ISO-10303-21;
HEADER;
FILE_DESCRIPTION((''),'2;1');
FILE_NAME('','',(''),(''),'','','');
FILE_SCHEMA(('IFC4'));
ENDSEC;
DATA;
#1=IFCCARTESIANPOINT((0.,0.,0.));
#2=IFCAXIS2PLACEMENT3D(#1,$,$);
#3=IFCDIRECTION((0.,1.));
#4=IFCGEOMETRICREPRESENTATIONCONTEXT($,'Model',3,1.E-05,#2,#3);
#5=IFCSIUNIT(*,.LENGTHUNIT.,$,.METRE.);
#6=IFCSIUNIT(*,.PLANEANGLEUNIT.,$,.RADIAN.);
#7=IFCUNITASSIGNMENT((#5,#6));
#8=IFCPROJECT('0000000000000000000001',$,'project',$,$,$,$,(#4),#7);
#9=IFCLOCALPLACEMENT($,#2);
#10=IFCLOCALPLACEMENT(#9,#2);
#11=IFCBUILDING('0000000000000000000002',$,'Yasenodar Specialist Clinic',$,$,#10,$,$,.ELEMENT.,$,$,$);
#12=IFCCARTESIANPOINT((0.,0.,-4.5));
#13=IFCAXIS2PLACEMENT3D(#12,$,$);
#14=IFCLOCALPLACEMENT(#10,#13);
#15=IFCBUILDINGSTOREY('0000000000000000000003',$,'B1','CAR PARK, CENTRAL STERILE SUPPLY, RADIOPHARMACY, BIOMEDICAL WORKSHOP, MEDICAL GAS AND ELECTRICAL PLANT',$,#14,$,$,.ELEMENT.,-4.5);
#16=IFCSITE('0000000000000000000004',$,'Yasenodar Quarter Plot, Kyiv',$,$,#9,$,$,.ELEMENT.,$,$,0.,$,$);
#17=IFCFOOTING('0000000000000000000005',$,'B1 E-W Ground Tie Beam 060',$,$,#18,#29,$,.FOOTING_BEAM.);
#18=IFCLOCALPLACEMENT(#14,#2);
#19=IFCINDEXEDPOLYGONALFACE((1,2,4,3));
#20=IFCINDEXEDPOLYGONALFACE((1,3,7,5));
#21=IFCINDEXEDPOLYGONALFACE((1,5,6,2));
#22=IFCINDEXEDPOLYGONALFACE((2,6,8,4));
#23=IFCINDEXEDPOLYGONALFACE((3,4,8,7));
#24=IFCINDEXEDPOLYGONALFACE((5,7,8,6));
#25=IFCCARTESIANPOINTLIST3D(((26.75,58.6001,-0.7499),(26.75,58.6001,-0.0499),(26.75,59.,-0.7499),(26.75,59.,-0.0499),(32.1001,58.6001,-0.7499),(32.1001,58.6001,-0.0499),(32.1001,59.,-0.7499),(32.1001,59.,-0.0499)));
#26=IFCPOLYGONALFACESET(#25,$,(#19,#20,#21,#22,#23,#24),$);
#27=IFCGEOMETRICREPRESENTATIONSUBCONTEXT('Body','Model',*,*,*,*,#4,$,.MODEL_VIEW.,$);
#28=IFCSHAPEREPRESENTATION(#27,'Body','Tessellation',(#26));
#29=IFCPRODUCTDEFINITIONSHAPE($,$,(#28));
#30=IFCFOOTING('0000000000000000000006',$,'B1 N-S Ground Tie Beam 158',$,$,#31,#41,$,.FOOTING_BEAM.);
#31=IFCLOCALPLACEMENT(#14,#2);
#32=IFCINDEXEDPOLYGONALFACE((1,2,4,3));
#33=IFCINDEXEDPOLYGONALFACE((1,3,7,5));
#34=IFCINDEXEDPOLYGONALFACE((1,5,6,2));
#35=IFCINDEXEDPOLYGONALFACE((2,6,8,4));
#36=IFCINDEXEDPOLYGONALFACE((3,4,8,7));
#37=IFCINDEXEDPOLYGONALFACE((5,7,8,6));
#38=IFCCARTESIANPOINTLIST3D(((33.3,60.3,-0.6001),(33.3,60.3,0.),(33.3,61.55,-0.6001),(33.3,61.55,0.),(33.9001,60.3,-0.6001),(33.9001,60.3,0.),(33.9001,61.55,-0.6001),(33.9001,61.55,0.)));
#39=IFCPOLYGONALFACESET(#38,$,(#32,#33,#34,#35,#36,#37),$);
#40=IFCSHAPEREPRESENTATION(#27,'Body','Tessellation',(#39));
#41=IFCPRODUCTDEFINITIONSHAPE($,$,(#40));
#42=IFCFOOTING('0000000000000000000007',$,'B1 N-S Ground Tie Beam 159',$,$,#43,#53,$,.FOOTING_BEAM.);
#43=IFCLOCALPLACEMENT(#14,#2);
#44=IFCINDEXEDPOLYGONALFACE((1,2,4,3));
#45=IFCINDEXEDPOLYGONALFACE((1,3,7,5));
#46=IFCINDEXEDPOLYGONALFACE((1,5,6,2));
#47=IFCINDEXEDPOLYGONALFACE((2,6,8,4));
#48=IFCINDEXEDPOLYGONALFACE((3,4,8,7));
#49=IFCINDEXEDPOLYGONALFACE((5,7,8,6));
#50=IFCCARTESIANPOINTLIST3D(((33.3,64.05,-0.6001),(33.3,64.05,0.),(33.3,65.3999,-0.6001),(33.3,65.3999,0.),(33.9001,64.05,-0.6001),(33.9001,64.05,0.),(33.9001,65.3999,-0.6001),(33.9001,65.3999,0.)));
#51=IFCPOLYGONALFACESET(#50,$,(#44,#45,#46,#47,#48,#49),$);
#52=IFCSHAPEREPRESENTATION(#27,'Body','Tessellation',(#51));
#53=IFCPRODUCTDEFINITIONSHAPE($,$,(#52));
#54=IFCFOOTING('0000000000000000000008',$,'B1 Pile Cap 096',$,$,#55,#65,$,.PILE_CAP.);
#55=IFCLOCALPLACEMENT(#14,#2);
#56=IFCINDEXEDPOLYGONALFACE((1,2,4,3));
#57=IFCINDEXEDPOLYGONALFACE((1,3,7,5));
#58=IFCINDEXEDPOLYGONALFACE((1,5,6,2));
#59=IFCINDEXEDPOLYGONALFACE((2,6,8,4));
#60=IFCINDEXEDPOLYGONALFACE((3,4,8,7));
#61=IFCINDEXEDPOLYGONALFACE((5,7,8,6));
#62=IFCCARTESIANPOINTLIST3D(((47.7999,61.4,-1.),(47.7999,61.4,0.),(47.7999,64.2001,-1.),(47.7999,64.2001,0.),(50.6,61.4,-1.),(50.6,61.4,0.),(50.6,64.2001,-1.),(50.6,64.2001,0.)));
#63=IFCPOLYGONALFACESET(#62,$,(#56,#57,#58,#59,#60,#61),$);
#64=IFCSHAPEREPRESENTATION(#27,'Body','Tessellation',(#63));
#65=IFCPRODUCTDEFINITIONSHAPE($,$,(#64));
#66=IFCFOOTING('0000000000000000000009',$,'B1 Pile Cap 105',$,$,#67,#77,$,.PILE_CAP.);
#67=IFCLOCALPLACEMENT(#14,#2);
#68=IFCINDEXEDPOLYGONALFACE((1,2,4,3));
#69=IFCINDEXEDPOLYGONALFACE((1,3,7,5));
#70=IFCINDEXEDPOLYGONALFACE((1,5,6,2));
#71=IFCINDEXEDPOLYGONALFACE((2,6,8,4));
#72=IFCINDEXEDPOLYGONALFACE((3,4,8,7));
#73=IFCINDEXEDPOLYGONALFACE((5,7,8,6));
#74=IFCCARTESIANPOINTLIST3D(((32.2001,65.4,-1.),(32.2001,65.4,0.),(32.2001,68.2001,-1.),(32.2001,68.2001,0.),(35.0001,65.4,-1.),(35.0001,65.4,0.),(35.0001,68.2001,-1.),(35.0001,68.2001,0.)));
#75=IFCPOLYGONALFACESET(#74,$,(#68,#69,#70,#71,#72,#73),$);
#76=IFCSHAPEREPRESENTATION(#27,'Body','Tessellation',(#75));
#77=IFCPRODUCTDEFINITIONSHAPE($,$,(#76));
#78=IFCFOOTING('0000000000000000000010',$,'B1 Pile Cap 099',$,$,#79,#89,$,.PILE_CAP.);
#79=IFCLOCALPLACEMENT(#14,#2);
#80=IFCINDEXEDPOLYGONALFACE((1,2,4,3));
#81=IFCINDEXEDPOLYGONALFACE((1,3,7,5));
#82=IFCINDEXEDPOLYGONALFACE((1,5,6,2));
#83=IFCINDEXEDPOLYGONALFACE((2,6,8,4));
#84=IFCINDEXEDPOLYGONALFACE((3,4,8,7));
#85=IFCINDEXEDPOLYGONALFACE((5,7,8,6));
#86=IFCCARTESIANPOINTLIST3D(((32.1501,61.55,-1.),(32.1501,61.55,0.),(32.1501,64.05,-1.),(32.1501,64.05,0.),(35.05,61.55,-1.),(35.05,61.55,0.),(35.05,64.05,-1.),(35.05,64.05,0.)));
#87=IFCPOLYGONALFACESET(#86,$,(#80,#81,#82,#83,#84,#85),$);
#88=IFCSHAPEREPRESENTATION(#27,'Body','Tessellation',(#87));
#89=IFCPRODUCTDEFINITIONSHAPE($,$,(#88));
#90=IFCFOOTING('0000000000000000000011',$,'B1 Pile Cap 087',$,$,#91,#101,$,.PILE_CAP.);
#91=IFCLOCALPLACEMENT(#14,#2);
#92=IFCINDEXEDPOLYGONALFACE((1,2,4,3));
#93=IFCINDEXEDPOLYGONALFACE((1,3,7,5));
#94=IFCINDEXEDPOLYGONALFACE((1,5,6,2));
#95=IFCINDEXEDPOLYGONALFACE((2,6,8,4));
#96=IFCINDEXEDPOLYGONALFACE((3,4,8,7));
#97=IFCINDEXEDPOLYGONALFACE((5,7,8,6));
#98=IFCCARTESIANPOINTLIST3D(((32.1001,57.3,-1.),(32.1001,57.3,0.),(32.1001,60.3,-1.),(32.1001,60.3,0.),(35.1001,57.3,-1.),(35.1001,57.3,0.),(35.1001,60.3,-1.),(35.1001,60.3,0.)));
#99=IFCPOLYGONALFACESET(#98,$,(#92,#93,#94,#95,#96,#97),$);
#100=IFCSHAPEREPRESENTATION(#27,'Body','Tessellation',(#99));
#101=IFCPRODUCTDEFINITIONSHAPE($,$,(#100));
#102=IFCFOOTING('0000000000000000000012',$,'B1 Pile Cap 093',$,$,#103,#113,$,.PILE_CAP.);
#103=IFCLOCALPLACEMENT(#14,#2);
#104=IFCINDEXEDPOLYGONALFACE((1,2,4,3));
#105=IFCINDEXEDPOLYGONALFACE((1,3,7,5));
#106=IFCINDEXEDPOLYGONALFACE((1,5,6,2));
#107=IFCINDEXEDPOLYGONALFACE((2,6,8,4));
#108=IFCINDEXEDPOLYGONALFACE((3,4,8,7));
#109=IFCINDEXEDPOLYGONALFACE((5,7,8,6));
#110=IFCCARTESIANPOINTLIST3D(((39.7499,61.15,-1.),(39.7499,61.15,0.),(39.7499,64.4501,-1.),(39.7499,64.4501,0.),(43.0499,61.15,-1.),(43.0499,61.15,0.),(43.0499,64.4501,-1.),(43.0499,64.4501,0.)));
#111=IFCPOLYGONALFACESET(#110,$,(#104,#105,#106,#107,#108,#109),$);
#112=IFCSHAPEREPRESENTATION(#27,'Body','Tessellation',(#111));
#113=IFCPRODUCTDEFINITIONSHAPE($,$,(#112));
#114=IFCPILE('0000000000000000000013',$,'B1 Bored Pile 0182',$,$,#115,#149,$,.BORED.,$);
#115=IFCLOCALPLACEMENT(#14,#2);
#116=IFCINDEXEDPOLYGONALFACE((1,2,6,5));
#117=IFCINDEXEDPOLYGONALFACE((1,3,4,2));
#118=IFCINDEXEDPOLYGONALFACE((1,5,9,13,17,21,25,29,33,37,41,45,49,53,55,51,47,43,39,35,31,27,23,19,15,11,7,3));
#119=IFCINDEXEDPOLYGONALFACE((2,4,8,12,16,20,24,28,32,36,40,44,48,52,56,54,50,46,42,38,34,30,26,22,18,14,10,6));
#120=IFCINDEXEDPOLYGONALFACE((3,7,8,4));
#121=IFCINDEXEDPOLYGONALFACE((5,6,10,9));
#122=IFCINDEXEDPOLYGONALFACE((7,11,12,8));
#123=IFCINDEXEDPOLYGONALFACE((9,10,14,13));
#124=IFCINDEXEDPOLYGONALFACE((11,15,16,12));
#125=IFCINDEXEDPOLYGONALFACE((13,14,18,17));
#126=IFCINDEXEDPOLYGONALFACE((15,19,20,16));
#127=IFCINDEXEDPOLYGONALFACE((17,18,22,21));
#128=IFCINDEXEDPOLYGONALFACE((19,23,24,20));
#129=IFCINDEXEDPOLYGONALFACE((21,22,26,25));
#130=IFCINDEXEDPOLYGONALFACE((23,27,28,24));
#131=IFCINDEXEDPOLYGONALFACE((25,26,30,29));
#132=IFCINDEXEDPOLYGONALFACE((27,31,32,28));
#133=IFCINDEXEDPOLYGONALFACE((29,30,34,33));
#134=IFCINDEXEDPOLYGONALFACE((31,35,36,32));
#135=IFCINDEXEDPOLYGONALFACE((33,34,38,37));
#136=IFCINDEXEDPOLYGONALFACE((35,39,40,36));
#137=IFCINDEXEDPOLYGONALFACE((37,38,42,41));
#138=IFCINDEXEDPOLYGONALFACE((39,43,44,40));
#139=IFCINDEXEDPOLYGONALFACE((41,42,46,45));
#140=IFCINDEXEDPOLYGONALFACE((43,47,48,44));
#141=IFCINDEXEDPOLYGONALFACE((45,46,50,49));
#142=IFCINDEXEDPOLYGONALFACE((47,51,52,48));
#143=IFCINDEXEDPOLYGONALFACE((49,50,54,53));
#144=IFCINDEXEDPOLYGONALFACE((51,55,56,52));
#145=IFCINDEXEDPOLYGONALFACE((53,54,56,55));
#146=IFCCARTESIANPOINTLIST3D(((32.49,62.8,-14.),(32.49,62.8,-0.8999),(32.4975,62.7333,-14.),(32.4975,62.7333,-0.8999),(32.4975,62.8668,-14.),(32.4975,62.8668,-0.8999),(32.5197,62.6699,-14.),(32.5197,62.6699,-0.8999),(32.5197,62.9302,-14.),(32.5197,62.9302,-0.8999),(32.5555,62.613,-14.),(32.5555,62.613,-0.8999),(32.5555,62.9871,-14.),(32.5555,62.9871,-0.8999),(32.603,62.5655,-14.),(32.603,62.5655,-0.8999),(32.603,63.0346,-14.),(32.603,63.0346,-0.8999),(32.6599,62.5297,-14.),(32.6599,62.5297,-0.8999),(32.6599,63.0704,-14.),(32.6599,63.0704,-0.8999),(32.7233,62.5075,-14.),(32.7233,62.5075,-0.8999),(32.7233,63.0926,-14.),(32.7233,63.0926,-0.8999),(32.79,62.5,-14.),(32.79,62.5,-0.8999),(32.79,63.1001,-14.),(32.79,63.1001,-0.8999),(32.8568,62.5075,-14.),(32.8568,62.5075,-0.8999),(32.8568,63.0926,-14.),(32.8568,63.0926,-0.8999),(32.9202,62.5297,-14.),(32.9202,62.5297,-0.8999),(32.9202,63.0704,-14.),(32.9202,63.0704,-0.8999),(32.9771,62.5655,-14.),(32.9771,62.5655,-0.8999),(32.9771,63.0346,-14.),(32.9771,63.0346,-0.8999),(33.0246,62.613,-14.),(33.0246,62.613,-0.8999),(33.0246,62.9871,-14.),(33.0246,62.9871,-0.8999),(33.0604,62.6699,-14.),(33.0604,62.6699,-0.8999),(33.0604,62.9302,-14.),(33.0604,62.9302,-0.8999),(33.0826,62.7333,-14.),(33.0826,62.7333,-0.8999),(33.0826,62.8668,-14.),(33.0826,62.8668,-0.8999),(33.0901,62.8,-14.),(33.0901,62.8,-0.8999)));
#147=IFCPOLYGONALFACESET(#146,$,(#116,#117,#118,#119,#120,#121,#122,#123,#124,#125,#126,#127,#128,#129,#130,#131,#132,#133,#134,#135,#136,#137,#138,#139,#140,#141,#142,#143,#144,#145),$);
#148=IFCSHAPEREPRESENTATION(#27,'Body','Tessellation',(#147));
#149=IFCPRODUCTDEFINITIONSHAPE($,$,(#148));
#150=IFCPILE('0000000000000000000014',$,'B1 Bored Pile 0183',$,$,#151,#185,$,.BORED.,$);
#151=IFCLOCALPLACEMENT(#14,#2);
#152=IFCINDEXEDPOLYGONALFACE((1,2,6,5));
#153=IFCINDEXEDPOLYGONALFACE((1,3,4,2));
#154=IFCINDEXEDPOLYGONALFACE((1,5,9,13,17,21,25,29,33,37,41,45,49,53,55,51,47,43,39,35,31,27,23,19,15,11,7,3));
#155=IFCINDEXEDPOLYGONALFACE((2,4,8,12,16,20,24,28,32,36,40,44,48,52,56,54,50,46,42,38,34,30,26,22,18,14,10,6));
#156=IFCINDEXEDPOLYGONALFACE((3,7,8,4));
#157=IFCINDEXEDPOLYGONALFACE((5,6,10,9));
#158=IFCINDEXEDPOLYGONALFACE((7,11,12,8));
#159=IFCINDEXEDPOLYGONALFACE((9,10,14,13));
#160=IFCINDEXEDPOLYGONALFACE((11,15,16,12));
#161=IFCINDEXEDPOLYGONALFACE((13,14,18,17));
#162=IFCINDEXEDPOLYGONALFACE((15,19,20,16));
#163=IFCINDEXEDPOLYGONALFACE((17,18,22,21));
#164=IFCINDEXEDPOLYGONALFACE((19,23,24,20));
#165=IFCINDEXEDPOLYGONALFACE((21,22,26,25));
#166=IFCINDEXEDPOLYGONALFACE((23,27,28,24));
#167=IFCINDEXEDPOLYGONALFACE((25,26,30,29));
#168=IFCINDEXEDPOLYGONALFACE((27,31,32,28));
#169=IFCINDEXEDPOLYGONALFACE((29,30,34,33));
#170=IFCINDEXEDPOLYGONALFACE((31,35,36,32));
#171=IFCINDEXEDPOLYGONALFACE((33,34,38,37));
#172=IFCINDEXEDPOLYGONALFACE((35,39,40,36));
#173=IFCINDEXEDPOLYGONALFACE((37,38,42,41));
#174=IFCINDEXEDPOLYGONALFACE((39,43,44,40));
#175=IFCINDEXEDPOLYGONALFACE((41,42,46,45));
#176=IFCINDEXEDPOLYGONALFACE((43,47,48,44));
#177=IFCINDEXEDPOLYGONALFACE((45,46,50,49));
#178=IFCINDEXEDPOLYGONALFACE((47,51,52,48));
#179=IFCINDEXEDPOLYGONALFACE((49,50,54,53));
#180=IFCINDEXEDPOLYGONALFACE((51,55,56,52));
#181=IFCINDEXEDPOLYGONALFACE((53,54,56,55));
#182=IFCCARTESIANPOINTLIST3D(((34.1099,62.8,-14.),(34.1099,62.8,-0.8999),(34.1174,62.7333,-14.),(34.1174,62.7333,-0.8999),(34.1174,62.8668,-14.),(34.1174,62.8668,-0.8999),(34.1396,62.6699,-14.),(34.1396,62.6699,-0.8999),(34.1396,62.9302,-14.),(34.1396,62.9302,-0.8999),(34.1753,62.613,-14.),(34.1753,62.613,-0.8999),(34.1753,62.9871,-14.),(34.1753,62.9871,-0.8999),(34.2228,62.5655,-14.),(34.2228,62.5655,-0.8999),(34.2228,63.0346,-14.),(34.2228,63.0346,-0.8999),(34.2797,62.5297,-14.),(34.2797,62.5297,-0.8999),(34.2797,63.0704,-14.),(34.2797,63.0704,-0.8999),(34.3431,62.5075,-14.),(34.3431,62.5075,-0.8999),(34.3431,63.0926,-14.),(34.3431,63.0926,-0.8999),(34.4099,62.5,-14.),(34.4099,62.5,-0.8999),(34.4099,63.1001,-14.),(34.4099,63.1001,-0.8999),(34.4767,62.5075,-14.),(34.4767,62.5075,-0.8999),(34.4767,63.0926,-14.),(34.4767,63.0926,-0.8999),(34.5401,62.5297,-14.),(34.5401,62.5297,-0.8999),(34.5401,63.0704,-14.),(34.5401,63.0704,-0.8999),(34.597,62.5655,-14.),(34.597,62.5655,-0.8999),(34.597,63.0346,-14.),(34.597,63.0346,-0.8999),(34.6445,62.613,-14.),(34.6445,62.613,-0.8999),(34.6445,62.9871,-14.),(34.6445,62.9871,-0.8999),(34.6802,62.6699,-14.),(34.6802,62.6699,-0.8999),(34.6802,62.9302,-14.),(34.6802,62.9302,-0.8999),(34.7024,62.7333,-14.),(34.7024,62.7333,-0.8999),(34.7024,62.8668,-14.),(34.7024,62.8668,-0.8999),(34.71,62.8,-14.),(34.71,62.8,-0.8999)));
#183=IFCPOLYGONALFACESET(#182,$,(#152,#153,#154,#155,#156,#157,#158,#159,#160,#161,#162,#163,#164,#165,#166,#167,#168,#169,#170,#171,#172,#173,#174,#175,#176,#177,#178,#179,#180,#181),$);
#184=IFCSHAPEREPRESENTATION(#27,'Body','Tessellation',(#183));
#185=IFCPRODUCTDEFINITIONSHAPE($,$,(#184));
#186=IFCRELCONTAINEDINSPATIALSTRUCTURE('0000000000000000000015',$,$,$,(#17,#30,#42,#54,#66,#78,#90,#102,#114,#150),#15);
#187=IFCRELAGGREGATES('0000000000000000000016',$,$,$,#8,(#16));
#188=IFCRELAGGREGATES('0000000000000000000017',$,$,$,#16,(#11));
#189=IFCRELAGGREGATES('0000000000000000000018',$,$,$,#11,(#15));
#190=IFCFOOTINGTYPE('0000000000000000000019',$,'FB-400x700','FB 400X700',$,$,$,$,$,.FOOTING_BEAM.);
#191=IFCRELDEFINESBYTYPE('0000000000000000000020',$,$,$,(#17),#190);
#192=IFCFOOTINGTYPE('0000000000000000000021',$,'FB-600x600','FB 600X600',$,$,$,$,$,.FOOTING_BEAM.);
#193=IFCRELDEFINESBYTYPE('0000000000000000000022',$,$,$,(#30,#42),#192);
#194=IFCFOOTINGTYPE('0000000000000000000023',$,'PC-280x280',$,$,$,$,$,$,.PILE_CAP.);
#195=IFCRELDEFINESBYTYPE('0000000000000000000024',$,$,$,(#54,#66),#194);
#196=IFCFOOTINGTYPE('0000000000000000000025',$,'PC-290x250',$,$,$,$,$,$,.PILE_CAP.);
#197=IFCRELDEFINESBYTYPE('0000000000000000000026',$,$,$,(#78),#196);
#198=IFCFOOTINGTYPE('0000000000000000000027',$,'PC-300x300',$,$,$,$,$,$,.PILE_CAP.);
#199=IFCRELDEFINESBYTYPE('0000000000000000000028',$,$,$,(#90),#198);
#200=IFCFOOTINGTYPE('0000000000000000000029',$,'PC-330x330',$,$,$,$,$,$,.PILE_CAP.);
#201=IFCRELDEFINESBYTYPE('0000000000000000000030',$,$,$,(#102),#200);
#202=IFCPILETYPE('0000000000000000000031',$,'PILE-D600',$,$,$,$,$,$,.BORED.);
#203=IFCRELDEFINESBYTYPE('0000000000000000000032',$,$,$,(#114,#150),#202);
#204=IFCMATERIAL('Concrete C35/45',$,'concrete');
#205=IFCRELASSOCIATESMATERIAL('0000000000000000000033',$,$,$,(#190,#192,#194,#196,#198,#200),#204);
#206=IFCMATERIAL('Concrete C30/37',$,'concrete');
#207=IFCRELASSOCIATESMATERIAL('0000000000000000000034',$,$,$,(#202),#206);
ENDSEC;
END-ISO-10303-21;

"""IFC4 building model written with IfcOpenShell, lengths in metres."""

from ifc_helpers import new_model, si_unit, direction, frame, origin, origin_2d, place, context, subcontext, project, spatial, rectangle, circle, extrude, material, material_profile, profile_set, type_object, element, save


model = new_model("IFC4")

# Units and contexts
model_context = context("Model", 3, precision=1e-05, world=origin(), true_north=direction((0.0, 1.0)))
body_context = subcontext(model_context, "Body", "Model", "MODEL_VIEW")
ifc_project = project(units=[si_unit("LENGTHUNIT", "METRE"), si_unit("PLANEANGLEUNIT", "RADIAN")], contexts=[model_context])

# Site, building, storey
site_placement = place(None, origin())
site = spatial("IfcSite", under=ifc_project, at=site_placement, Name="Yasenodar Quarter Plot, Kyiv", CompositionType="ELEMENT", RefElevation=0.0)
building_placement = place(site_placement, origin())
building = spatial("IfcBuilding", under=site, at=building_placement, Name="Yasenodar Specialist Clinic", CompositionType="ELEMENT")
storey_placement = place(building_placement, frame((0.0, 0.0, -4.5)))
storey = spatial("IfcBuildingStorey", under=building, at=storey_placement, Name="B1", Description="CAR PARK, CENTRAL STERILE SUPPLY, RADIOPHARMACY, BIOMEDICAL WORKSHOP, MEDICAL GAS AND ELECTRICAL PLANT", CompositionType="ELEMENT", Elevation=-4.5)

# Footings
ifc_material_1 = material(Name="Concrete C35/45", Category="concrete")
ifc_material_profile_1 = material_profile(ifc_material_1, rectangle(XDim=0.3999, YDim=0.7, at=origin_2d()), Name="RC 400x700")
ifc_profile_set_1 = profile_set([ifc_material_profile_1], Name="Concrete C35/45")
footing_type_1 = type_object("IfcFootingType", Name="FB-400x700", Description="FB 400X700", PredefinedType="FOOTING_BEAM", material=ifc_profile_set_1)
footing_1_placement = place(storey_placement, frame((26.75, 58.8, -0.3999), z_axis=(1.0, 0.0, 0.0), x_axis=(0.0, 1.0, 0.0)))
element("IfcFooting", 1, at=footing_1_placement, inside=storey, type_object=footing_type_1, Name="B1 E-W Ground Tie Beam 060", PredefinedType="FOOTING_BEAM", context=body_context, shape_type="SweptSolid", body=[
    extrude(rectangle(XDim=0.3999, YDim=0.7, at=origin_2d()), origin(), (0.0, 0.0, 1.0), 5.3501),
])
ifc_material_profile_2 = material_profile(ifc_material_1, rectangle(XDim=0.6001, YDim=0.6001, at=origin_2d()), Name="RC 600x600")
ifc_profile_set_2 = profile_set([ifc_material_profile_2], Name="Concrete C35/45")
footing_type_2 = type_object("IfcFootingType", Name="FB-600x600", Description="FB 600X600", PredefinedType="FOOTING_BEAM", material=ifc_profile_set_2)
footing_2_placement = place(storey_placement, frame((33.6001, 60.3, -0.3), z_axis=(0.0, 1.0, 0.0), x_axis=(-1.0, 0.0, 0.0)))
element("IfcFooting", 2, at=footing_2_placement, inside=storey, type_object=footing_type_2, Name="B1 N-S Ground Tie Beam 158", PredefinedType="FOOTING_BEAM", context=body_context, shape_type="SweptSolid", body=[
    extrude(rectangle(XDim=0.6001, YDim=0.6001, at=origin_2d()), origin(), (0.0, 0.0, 1.0), 1.25),
])
footing_3_placement = place(storey_placement, frame((33.6001, 64.05, -0.3), z_axis=(0.0, 1.0, 0.0), x_axis=(-1.0, 0.0, 0.0)))
element("IfcFooting", 3, at=footing_3_placement, inside=storey, type_object=footing_type_2, Name="B1 N-S Ground Tie Beam 159", PredefinedType="FOOTING_BEAM", context=body_context, shape_type="SweptSolid", body=[
    extrude(rectangle(XDim=0.6001, YDim=0.6001, at=origin_2d()), origin(), (0.0, 0.0, 1.0), 1.3499),
])
footing_type_3 = type_object("IfcFootingType", Name="PC-280x280", PredefinedType="PILE_CAP", material=ifc_material_1)
for number, where, z_axis, x_axis, name in (
    (4, (49.2, 62.8, -1.0), (0.0, 0.0, 1.0), (1.0, 0.0, 0.0), "B1 Pile Cap 096"),
    (5, (33.6001, 66.8, -1.0), (0.0, 0.0, 1.0), (1.0, 0.0, 0.0), "B1 Pile Cap 105"),
):
    element("IfcFooting", number, at=place(storey_placement, frame(where, z_axis=z_axis, x_axis=x_axis)), inside=storey, type_object=footing_type_3, Name=name, PredefinedType="PILE_CAP", context=body_context, shape_type="SweptSolid", body=[
        extrude(rectangle(XDim=2.8, YDim=2.8, at=origin_2d()), origin(), (0.0, 0.0, 1.0), 1.0),
    ])
footing_type_4 = type_object("IfcFootingType", Name="PC-290x250", PredefinedType="PILE_CAP", material=ifc_material_1)
footing_4_placement = place(storey_placement, frame((33.6001, 62.8, -1.0), z_axis=(0.0, 0.0, 1.0), x_axis=(1.0, 0.0, 0.0)))
element("IfcFooting", 6, at=footing_4_placement, inside=storey, type_object=footing_type_4, Name="B1 Pile Cap 099", PredefinedType="PILE_CAP", context=body_context, shape_type="SweptSolid", body=[
    extrude(rectangle(XDim=2.8999, YDim=2.5, at=origin_2d()), origin(), (0.0, 0.0, 1.0), 1.0),
])
footing_type_5 = type_object("IfcFootingType", Name="PC-300x300", PredefinedType="PILE_CAP", material=ifc_material_1)
footing_5_placement = place(storey_placement, frame((33.6001, 58.8, -1.0), z_axis=(0.0, 0.0, 1.0), x_axis=(1.0, 0.0, 0.0)))
element("IfcFooting", 7, at=footing_5_placement, inside=storey, type_object=footing_type_5, Name="B1 Pile Cap 087", PredefinedType="PILE_CAP", context=body_context, shape_type="SweptSolid", body=[
    extrude(rectangle(XDim=3.0, YDim=3.0, at=origin_2d()), origin(), (0.0, 0.0, 1.0), 1.0),
])
footing_type_6 = type_object("IfcFootingType", Name="PC-330x330", PredefinedType="PILE_CAP", material=ifc_material_1)
footing_6_placement = place(storey_placement, frame((41.3999, 62.8, -1.0), z_axis=(0.0, 0.0, 1.0), x_axis=(1.0, 0.0, 0.0)))
element("IfcFooting", 8, at=footing_6_placement, inside=storey, type_object=footing_type_6, Name="B1 Pile Cap 093", PredefinedType="PILE_CAP", context=body_context, shape_type="SweptSolid", body=[
    extrude(rectangle(XDim=3.3, YDim=3.3, at=origin_2d()), origin(), (0.0, 0.0, 1.0), 1.0),
])

# Piles
ifc_material_2 = material(Name="Concrete C30/37", Category="concrete")
ifc_material_profile_3 = material_profile(ifc_material_2, circle(Radius=0.3, at=origin_2d()), Name="PILE D600")
ifc_profile_set_3 = profile_set([ifc_material_profile_3], Name="Concrete C30/37")
pile_type_1 = type_object("IfcPileType", Name="PILE-D600", PredefinedType="BORED", material=ifc_profile_set_3)
for number, where, z_axis, x_axis, name in (
    (9, (32.79, 62.8, -0.8999), (0.0, 0.0, -1.0), (1.0, 0.0, 0.0), "B1 Bored Pile 0182"),
    (10, (34.4099, 62.8, -0.8999), (0.0, 0.0, -1.0), (1.0, 0.0, 0.0), "B1 Bored Pile 0183"),
):
    element("IfcPile", number, at=place(storey_placement, frame(where, z_axis=z_axis, x_axis=x_axis)), inside=storey, type_object=pile_type_1, Name=name, PredefinedType="BORED", context=body_context, shape_type="SweptSolid", body=[
        extrude(circle(Radius=0.3, at=origin_2d()), origin(), (0.0, 0.0, 1.0), 13.1001),
    ])

save(model, "model.ifc")
